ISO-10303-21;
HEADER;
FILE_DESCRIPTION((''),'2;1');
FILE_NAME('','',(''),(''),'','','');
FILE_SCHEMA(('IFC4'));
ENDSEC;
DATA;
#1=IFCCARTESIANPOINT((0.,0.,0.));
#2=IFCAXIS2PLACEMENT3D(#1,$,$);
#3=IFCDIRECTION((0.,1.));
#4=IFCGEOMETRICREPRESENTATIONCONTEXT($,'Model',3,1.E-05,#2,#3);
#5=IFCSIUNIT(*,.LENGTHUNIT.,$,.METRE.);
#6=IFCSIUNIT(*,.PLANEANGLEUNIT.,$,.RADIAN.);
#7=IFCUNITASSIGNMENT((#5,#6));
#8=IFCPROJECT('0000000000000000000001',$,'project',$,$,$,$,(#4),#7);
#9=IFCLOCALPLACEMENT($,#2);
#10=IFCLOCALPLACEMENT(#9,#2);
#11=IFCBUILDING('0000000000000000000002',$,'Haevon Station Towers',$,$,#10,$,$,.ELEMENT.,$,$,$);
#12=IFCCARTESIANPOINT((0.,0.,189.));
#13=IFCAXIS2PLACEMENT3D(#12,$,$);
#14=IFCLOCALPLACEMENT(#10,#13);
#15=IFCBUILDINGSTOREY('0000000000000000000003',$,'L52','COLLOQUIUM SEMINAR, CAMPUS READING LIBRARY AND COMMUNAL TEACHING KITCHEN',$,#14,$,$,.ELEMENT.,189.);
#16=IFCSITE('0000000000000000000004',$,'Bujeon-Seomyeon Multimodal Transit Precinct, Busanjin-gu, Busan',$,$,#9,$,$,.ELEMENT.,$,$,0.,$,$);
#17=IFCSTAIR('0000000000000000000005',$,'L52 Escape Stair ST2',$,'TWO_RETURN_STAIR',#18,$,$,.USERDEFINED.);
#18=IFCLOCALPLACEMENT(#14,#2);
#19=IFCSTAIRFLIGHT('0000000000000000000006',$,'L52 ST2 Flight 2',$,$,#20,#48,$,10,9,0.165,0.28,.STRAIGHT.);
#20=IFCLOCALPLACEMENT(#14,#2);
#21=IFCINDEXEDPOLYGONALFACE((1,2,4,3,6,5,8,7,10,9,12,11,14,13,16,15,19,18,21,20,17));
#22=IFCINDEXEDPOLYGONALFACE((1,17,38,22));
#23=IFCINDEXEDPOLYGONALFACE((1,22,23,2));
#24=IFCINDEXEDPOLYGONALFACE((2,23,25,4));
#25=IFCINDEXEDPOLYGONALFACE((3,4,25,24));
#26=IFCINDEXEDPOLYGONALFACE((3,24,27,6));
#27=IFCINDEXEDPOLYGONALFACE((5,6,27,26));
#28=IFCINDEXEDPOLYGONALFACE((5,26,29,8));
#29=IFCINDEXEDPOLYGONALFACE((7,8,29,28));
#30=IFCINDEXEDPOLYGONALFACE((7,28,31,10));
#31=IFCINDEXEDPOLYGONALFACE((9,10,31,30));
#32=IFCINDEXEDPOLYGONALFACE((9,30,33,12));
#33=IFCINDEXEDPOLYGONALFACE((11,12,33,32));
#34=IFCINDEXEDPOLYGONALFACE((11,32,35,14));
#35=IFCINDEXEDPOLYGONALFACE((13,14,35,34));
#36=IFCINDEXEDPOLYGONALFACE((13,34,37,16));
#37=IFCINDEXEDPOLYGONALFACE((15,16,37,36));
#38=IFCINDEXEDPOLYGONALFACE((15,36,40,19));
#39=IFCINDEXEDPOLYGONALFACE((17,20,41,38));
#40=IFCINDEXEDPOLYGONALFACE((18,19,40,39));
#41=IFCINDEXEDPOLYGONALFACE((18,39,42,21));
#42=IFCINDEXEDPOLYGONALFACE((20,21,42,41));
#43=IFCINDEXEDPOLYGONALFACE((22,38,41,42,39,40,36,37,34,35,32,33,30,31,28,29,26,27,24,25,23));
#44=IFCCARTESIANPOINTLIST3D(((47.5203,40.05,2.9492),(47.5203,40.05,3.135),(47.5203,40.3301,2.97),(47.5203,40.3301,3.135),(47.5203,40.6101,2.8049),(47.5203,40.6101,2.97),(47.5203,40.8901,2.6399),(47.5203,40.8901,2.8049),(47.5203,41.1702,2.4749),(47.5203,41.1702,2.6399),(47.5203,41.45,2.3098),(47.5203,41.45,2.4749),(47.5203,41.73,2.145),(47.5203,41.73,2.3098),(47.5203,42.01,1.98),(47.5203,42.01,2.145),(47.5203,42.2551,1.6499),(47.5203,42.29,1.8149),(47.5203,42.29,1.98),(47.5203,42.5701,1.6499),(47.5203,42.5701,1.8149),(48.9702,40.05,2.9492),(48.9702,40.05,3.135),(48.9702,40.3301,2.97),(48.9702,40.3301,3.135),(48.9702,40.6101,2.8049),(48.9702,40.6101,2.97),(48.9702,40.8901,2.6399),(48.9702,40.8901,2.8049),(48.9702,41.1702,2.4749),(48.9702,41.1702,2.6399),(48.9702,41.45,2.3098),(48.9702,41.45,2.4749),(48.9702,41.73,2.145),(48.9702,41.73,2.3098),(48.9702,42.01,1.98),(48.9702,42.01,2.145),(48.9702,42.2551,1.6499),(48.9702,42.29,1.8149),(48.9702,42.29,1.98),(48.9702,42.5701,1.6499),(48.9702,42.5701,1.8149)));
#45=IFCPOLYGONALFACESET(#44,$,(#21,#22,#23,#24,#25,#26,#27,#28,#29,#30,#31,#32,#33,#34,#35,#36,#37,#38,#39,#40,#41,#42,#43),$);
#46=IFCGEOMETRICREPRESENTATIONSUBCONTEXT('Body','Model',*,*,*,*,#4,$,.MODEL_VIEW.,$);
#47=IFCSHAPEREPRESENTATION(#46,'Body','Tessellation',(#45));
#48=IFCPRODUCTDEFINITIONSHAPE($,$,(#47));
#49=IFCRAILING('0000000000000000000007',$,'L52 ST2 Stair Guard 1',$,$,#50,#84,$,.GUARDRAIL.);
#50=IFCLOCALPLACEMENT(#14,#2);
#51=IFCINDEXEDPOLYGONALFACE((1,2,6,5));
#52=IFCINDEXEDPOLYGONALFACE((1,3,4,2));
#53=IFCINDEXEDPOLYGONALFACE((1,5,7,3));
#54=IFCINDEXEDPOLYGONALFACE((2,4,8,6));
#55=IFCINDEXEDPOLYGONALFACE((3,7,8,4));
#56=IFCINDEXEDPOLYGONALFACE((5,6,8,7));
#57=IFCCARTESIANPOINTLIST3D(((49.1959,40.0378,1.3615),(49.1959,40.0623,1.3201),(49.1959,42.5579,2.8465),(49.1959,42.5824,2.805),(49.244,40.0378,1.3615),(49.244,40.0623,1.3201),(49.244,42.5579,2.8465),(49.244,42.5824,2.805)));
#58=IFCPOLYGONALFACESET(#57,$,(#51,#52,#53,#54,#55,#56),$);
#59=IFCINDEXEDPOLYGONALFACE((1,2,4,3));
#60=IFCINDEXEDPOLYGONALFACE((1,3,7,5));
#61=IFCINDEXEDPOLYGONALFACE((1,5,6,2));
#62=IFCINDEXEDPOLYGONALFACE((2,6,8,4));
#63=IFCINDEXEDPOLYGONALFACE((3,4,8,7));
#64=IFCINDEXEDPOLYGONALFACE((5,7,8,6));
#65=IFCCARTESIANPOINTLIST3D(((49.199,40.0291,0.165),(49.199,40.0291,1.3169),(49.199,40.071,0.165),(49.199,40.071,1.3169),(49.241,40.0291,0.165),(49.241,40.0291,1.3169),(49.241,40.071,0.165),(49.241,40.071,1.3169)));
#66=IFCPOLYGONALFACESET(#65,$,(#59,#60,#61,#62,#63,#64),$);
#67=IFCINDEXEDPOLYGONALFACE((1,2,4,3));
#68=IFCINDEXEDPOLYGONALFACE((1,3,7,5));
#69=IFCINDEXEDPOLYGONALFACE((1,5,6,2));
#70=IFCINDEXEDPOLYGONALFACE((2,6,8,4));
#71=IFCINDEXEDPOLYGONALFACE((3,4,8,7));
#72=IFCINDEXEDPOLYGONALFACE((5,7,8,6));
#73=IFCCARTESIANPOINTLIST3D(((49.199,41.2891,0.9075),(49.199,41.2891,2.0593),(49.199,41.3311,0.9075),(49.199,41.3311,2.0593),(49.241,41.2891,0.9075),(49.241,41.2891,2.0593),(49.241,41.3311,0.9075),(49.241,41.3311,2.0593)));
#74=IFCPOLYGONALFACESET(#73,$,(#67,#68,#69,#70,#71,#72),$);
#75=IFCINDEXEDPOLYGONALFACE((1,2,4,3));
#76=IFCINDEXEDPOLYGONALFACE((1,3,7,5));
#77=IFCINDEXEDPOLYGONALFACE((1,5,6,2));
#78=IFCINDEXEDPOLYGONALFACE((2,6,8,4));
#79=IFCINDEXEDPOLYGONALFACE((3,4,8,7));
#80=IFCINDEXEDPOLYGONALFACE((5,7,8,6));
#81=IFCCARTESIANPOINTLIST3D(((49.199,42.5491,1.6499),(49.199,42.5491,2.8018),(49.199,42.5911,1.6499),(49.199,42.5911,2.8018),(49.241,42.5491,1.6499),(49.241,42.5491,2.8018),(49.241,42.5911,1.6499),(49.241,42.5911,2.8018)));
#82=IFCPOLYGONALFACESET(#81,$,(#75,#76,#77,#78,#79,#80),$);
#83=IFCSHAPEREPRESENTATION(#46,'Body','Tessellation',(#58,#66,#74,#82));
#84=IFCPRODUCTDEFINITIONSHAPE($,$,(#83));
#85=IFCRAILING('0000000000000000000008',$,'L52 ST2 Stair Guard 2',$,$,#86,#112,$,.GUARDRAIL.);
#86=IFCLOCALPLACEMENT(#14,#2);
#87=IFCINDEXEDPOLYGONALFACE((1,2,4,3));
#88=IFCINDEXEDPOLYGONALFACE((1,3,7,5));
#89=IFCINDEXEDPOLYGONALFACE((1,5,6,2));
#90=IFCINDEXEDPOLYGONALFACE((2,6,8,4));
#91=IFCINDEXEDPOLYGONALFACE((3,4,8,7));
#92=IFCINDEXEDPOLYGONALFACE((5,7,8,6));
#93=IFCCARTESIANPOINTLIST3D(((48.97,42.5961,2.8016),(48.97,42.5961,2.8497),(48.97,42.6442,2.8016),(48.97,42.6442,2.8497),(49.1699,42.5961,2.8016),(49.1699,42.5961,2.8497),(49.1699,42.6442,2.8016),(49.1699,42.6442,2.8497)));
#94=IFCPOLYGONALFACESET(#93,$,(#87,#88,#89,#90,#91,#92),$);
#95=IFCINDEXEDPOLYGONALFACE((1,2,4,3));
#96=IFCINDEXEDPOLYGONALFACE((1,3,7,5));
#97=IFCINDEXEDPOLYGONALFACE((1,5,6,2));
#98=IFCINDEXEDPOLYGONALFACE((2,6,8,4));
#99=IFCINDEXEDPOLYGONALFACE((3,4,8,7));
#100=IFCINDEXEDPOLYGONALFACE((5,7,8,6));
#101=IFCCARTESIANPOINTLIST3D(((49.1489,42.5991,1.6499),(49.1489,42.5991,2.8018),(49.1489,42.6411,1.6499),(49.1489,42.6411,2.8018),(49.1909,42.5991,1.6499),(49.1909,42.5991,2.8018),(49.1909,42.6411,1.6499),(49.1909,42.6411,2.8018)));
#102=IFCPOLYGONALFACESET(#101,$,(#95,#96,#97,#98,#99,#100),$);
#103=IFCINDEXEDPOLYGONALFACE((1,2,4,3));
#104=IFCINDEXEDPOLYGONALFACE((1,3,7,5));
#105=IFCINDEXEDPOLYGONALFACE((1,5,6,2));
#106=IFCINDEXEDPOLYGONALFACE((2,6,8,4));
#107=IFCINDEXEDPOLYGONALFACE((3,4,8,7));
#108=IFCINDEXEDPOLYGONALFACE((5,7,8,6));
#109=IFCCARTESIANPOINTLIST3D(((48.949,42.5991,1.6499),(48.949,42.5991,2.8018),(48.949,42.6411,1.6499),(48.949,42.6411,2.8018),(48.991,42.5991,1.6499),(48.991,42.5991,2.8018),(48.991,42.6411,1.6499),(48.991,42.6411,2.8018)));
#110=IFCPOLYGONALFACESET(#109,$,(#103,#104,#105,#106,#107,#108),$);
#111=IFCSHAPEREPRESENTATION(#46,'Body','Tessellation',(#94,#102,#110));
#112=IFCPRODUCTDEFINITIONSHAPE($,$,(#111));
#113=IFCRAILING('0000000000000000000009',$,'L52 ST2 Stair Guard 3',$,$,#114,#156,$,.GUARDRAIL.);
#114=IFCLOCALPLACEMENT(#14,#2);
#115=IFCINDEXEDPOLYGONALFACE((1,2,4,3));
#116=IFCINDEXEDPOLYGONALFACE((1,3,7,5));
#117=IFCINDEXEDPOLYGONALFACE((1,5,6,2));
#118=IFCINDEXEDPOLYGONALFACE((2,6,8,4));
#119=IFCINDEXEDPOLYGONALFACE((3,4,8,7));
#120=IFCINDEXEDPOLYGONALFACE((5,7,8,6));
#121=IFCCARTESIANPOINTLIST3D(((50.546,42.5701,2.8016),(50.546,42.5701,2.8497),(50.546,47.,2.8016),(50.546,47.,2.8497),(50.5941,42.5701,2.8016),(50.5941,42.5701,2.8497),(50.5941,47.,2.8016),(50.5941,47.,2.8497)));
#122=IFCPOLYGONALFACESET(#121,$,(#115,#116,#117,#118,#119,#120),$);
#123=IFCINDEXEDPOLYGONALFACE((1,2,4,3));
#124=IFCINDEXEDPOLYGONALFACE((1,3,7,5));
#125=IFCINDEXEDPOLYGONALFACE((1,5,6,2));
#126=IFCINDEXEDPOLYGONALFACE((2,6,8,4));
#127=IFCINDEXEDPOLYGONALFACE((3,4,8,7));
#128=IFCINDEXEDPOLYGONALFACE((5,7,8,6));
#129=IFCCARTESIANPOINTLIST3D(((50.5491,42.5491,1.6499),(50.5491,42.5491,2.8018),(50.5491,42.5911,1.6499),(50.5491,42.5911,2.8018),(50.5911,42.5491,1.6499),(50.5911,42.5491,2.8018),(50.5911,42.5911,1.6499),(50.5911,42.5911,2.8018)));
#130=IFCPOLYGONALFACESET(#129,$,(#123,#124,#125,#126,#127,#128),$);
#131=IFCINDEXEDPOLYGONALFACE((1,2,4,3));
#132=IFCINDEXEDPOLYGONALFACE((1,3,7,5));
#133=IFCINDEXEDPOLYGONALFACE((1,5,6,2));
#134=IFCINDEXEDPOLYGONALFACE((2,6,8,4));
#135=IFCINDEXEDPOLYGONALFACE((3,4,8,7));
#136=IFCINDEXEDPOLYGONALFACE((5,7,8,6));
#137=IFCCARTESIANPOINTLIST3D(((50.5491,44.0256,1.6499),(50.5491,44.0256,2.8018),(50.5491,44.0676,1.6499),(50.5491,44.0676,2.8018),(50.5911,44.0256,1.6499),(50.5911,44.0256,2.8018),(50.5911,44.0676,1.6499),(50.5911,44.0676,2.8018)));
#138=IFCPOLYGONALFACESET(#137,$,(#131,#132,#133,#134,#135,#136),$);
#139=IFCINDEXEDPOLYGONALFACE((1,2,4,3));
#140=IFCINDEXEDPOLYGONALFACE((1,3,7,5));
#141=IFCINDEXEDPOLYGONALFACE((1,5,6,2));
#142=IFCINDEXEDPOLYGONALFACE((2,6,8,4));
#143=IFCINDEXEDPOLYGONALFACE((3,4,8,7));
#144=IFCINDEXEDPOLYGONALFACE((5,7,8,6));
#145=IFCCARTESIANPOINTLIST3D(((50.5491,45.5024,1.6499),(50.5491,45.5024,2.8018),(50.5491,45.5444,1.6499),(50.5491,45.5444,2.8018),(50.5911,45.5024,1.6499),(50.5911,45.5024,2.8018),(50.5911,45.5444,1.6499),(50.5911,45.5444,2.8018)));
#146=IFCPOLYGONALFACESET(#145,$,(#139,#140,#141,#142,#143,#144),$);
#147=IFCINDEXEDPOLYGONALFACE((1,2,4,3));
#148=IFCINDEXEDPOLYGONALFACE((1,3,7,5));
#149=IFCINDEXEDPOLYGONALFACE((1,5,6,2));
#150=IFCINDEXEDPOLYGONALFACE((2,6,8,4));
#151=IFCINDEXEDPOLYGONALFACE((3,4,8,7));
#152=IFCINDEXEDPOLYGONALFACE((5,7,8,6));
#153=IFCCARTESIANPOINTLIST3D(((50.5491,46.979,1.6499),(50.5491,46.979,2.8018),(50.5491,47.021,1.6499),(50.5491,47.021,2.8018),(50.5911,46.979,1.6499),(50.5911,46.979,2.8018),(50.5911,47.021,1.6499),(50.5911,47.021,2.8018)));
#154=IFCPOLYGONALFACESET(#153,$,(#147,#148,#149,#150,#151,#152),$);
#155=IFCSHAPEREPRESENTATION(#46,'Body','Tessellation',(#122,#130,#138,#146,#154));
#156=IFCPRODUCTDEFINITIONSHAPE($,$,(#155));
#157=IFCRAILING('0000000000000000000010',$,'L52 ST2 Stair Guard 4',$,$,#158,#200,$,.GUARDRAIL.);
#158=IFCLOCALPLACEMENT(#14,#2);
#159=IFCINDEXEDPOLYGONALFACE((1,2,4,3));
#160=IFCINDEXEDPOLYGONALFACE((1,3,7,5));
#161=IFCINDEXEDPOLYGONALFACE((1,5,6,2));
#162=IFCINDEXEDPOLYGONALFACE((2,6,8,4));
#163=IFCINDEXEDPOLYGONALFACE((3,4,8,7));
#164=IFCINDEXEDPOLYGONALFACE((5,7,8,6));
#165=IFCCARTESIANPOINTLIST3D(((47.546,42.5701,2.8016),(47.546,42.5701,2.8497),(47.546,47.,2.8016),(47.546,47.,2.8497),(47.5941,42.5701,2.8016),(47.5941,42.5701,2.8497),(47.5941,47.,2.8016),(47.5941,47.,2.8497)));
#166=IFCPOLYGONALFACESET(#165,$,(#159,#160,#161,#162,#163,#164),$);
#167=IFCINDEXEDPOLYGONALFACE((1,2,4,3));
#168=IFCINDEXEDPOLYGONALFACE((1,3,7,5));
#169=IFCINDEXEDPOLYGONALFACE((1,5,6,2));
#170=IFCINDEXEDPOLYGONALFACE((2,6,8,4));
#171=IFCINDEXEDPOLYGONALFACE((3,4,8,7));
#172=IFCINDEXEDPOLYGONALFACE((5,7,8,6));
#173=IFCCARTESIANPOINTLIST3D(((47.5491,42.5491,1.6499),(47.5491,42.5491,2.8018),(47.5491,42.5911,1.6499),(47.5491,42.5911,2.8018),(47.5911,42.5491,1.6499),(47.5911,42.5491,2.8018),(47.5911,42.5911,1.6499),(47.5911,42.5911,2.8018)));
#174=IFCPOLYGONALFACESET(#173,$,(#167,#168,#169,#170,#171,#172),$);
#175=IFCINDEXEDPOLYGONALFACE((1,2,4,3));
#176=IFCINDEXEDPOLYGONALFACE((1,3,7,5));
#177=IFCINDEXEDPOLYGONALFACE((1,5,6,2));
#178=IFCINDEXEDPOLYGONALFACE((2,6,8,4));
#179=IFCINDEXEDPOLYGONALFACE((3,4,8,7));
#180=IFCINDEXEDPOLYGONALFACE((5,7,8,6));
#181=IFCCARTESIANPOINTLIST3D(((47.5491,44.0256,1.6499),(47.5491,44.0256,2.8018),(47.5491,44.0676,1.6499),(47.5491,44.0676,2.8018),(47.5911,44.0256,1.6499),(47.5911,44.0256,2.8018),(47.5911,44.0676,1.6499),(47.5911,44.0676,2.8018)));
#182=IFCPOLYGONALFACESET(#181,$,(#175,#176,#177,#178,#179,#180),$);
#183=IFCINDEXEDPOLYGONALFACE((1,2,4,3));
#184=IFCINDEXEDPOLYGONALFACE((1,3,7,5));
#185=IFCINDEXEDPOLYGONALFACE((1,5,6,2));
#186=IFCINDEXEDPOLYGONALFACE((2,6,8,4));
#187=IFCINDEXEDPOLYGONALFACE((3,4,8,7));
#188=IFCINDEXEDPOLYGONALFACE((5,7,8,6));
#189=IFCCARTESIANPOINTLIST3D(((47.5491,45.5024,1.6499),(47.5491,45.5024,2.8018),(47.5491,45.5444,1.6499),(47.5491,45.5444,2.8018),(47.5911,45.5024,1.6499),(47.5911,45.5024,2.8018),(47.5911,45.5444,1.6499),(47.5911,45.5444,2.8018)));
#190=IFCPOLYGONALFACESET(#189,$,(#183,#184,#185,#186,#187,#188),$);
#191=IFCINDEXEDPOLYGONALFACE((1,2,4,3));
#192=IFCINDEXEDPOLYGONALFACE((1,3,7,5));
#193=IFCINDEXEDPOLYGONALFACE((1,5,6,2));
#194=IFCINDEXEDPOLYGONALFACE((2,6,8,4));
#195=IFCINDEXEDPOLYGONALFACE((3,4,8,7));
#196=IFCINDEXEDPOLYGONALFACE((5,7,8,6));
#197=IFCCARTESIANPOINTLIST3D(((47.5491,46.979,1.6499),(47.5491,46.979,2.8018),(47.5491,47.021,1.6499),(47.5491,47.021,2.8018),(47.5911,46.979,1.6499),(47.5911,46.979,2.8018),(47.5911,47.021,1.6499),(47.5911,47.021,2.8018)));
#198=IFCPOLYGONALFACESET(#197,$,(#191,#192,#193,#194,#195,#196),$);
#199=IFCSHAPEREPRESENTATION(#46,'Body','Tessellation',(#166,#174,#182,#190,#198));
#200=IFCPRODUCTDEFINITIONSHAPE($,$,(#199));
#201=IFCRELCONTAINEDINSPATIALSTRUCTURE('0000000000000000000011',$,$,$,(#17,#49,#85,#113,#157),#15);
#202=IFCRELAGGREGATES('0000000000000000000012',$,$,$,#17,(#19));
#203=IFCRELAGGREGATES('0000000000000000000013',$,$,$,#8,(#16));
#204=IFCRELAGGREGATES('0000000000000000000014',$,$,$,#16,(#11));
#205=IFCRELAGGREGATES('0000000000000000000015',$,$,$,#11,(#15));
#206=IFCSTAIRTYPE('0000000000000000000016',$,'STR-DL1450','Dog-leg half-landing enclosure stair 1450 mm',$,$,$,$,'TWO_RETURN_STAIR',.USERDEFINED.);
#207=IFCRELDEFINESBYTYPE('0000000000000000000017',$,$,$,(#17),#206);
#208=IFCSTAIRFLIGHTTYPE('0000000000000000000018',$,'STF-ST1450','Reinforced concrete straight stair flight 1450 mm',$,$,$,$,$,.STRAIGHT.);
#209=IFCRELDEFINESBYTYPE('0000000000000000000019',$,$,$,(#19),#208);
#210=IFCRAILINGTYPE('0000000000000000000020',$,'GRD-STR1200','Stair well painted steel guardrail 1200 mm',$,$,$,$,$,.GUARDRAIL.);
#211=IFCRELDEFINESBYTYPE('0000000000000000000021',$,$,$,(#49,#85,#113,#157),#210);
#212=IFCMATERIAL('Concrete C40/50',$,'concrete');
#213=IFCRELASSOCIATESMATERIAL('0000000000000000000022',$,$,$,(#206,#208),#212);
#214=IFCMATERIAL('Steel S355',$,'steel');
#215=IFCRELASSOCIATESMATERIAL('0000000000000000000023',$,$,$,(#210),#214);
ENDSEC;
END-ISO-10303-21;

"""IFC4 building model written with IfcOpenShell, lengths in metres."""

from ifc_helpers import new_model, si_unit, direction, frame, origin, origin_2d, place, context, subcontext, project, spatial, polyline, rectangle, outline, extrude, material, type_object, element, aggregate, save


model = new_model("IFC4")

# Units and contexts
model_context = context("Model", 3, precision=1e-05, world=origin(), true_north=direction((0.0, 1.0)))
body_context = subcontext(model_context, "Body", "Model", "MODEL_VIEW")
ifc_project = project(units=[si_unit("LENGTHUNIT", "METRE"), si_unit("PLANEANGLEUNIT", "RADIAN")], contexts=[model_context])

# Site, building, storey
site_placement = place(None, origin())
site = spatial("IfcSite", under=ifc_project, at=site_placement, Name="Bujeon-Seomyeon Multimodal Transit Precinct, Busanjin-gu, Busan", CompositionType="ELEMENT", RefElevation=0.0)
building_placement = place(site_placement, origin())
building = spatial("IfcBuilding", under=site, at=building_placement, Name="Haevon Station Towers", CompositionType="ELEMENT")
storey_placement = place(building_placement, frame((0.0, 0.0, 189.0)))
storey = spatial("IfcBuildingStorey", under=building, at=storey_placement, Name="L52", Description="COLLOQUIUM SEMINAR, CAMPUS READING LIBRARY AND COMMUNAL TEACHING KITCHEN", CompositionType="ELEMENT", Elevation=189.0)

# Shared definitions
ifc_material_1 = material(Name="Steel S355", Category="steel")

# Stair, stair flight
ifc_material_2 = material(Name="Concrete C40/50", Category="concrete")
stair_type = type_object("IfcStairType", Name="STR-DL1450", Description="Dog-leg half-landing enclosure stair 1450 mm", ElementType="TWO_RETURN_STAIR", PredefinedType="USERDEFINED", material=ifc_material_2)
stair_placement = place(storey_placement, origin())
stair = element("IfcStair", 1, at=stair_placement, inside=storey, type_object=stair_type, Name="L52 Escape Stair ST2", ObjectType="TWO_RETURN_STAIR", PredefinedType="USERDEFINED")
stair_flight_type = type_object("IfcStairFlightType", Name="STF-ST1450", Description="Reinforced concrete straight stair flight 1450 mm", PredefinedType="STRAIGHT", material=ifc_material_2)
stair_flight_1_placement = place(storey_placement, frame((48.2451, 42.5701, 1.6499), z_axis=(0.0, 0.0, 1.0), x_axis=(0.0, -1.0, 0.0)))
stair_flight_1 = element("IfcStairFlight", 2, at=stair_flight_1_placement, type_object=stair_flight_type, Name="L52 ST2 Flight 2", NumberOfRisers=10, NumberOfTreads=9, PredefinedType="STRAIGHT", RiserHeight=0.165, TreadLength=0.28, context=body_context, shape_type="SweptSolid", body=[
    extrude(outline(polyline([(0.0, 0.0), (0.0, 0.165), (0.28, 0.165), (0.28, 0.3301), (0.5601, 0.3301), (0.5601, 0.4951), (0.8401, 0.4951), (0.8401, 0.6599), (1.1201, 0.6599), (1.1201, 0.825), (1.3999, 0.825), (1.3999, 0.99), (1.6799, 0.99), (1.6799, 1.155), (1.96, 1.155), (1.96, 1.3201), (2.24, 1.3201), (2.24, 1.4851), (2.52, 1.4851), (2.52, 1.6499), (2.52, 1.2993), (0.3149, 0.0), (0.0, 0.0)])), frame((0.0, 0.7251, 0.0), z_axis=(0.0, -1.0, 0.0), x_axis=(1.0, 0.0, 0.0)), (0.0, 0.0, 1.0), 1.45),
])
aggregate(stair, [stair_flight_1])

# Railings
railing_type_1 = type_object("IfcRailingType", Name="GRD-STR1200", Description="Stair well painted steel guardrail 1200 mm", PredefinedType="GUARDRAIL", material=ifc_material_1)
railing_1_placement = place(storey_placement, frame((49.22, 40.05, 0.165)))
element("IfcRailing", 3, at=railing_1_placement, inside=storey, type_object=railing_type_1, Name="L52 ST2 Stair Guard 1", PredefinedType="GUARDRAIL", context=body_context, shape_type="SweptSolid", body=[
    extrude(rectangle(XDim=0.0481, YDim=0.0481, at=origin_2d()), frame((0.0, 0.0, 1.1758), z_axis=(0.0, 0.861561, 0.507655), x_axis=(-1.0, 0.0, 0.0)), (0.0, 0.0, 1.0), 2.925),
    extrude(rectangle(XDim=0.042, YDim=0.042, at=origin_2d()), origin(), (0.0, 0.0, 1.0), 1.1519),
    extrude(rectangle(XDim=0.042, YDim=0.042, at=origin_2d()), frame((0.0, 1.26, 0.7424)), (0.0, 0.0, 1.0), 1.1519),
    extrude(rectangle(XDim=0.042, YDim=0.042, at=origin_2d()), frame((0.0, 2.52, 1.4849)), (0.0, 0.0, 1.0), 1.1519),
])
railing_2_placement = place(storey_placement, frame((49.1699, 42.6201, 1.6499)))
element("IfcRailing", 4, at=railing_2_placement, inside=storey, type_object=railing_type_1, Name="L52 ST2 Stair Guard 2", PredefinedType="GUARDRAIL", context=body_context, shape_type="SweptSolid", body=[
    extrude(rectangle(XDim=0.0481, YDim=0.0481, at=origin_2d()), frame((0.0, 0.0, 1.1758), z_axis=(-1.0, 0.0, 0.0), x_axis=(0.0, -1.0, 0.0)), (0.0, 0.0, 1.0), 0.2),
    extrude(rectangle(XDim=0.042, YDim=0.042, at=origin_2d()), origin(), (0.0, 0.0, 1.0), 1.1519),
    extrude(rectangle(XDim=0.042, YDim=0.042, at=origin_2d()), frame((-0.2, 0.0, 0.0)), (0.0, 0.0, 1.0), 1.1519),
])
for number, where, name in (
    (5, (50.5701, 42.5701, 1.6499), "L52 ST2 Stair Guard 3"),
    (6, (47.5701, 42.5701, 1.6499), "L52 ST2 Stair Guard 4"),
):
    element("IfcRailing", number, at=place(storey_placement, frame(where)), inside=storey, type_object=railing_type_1, Name=name, PredefinedType="GUARDRAIL", context=body_context, shape_type="SweptSolid", body=[
        extrude(rectangle(XDim=0.0481, YDim=0.0481, at=origin_2d()), frame((0.0, 0.0, 1.1758), z_axis=(0.0, 1.0, 0.0), x_axis=(-1.0, 0.0, 0.0)), (0.0, 0.0, 1.0), 4.4299),
        extrude(rectangle(XDim=0.042, YDim=0.042, at=origin_2d()), origin(), (0.0, 0.0, 1.0), 1.1519),
        extrude(rectangle(XDim=0.042, YDim=0.042, at=origin_2d()), frame((0.0, 1.4766, 0.0)), (0.0, 0.0, 1.0), 1.1519),
        extrude(rectangle(XDim=0.042, YDim=0.042, at=origin_2d()), frame((0.0, 2.9534, 0.0)), (0.0, 0.0, 1.0), 1.1519),
        extrude(rectangle(XDim=0.042, YDim=0.042, at=origin_2d()), frame((0.0, 4.4299, 0.0)), (0.0, 0.0, 1.0), 1.1519),
    ])

save(model, "model.ifc")
